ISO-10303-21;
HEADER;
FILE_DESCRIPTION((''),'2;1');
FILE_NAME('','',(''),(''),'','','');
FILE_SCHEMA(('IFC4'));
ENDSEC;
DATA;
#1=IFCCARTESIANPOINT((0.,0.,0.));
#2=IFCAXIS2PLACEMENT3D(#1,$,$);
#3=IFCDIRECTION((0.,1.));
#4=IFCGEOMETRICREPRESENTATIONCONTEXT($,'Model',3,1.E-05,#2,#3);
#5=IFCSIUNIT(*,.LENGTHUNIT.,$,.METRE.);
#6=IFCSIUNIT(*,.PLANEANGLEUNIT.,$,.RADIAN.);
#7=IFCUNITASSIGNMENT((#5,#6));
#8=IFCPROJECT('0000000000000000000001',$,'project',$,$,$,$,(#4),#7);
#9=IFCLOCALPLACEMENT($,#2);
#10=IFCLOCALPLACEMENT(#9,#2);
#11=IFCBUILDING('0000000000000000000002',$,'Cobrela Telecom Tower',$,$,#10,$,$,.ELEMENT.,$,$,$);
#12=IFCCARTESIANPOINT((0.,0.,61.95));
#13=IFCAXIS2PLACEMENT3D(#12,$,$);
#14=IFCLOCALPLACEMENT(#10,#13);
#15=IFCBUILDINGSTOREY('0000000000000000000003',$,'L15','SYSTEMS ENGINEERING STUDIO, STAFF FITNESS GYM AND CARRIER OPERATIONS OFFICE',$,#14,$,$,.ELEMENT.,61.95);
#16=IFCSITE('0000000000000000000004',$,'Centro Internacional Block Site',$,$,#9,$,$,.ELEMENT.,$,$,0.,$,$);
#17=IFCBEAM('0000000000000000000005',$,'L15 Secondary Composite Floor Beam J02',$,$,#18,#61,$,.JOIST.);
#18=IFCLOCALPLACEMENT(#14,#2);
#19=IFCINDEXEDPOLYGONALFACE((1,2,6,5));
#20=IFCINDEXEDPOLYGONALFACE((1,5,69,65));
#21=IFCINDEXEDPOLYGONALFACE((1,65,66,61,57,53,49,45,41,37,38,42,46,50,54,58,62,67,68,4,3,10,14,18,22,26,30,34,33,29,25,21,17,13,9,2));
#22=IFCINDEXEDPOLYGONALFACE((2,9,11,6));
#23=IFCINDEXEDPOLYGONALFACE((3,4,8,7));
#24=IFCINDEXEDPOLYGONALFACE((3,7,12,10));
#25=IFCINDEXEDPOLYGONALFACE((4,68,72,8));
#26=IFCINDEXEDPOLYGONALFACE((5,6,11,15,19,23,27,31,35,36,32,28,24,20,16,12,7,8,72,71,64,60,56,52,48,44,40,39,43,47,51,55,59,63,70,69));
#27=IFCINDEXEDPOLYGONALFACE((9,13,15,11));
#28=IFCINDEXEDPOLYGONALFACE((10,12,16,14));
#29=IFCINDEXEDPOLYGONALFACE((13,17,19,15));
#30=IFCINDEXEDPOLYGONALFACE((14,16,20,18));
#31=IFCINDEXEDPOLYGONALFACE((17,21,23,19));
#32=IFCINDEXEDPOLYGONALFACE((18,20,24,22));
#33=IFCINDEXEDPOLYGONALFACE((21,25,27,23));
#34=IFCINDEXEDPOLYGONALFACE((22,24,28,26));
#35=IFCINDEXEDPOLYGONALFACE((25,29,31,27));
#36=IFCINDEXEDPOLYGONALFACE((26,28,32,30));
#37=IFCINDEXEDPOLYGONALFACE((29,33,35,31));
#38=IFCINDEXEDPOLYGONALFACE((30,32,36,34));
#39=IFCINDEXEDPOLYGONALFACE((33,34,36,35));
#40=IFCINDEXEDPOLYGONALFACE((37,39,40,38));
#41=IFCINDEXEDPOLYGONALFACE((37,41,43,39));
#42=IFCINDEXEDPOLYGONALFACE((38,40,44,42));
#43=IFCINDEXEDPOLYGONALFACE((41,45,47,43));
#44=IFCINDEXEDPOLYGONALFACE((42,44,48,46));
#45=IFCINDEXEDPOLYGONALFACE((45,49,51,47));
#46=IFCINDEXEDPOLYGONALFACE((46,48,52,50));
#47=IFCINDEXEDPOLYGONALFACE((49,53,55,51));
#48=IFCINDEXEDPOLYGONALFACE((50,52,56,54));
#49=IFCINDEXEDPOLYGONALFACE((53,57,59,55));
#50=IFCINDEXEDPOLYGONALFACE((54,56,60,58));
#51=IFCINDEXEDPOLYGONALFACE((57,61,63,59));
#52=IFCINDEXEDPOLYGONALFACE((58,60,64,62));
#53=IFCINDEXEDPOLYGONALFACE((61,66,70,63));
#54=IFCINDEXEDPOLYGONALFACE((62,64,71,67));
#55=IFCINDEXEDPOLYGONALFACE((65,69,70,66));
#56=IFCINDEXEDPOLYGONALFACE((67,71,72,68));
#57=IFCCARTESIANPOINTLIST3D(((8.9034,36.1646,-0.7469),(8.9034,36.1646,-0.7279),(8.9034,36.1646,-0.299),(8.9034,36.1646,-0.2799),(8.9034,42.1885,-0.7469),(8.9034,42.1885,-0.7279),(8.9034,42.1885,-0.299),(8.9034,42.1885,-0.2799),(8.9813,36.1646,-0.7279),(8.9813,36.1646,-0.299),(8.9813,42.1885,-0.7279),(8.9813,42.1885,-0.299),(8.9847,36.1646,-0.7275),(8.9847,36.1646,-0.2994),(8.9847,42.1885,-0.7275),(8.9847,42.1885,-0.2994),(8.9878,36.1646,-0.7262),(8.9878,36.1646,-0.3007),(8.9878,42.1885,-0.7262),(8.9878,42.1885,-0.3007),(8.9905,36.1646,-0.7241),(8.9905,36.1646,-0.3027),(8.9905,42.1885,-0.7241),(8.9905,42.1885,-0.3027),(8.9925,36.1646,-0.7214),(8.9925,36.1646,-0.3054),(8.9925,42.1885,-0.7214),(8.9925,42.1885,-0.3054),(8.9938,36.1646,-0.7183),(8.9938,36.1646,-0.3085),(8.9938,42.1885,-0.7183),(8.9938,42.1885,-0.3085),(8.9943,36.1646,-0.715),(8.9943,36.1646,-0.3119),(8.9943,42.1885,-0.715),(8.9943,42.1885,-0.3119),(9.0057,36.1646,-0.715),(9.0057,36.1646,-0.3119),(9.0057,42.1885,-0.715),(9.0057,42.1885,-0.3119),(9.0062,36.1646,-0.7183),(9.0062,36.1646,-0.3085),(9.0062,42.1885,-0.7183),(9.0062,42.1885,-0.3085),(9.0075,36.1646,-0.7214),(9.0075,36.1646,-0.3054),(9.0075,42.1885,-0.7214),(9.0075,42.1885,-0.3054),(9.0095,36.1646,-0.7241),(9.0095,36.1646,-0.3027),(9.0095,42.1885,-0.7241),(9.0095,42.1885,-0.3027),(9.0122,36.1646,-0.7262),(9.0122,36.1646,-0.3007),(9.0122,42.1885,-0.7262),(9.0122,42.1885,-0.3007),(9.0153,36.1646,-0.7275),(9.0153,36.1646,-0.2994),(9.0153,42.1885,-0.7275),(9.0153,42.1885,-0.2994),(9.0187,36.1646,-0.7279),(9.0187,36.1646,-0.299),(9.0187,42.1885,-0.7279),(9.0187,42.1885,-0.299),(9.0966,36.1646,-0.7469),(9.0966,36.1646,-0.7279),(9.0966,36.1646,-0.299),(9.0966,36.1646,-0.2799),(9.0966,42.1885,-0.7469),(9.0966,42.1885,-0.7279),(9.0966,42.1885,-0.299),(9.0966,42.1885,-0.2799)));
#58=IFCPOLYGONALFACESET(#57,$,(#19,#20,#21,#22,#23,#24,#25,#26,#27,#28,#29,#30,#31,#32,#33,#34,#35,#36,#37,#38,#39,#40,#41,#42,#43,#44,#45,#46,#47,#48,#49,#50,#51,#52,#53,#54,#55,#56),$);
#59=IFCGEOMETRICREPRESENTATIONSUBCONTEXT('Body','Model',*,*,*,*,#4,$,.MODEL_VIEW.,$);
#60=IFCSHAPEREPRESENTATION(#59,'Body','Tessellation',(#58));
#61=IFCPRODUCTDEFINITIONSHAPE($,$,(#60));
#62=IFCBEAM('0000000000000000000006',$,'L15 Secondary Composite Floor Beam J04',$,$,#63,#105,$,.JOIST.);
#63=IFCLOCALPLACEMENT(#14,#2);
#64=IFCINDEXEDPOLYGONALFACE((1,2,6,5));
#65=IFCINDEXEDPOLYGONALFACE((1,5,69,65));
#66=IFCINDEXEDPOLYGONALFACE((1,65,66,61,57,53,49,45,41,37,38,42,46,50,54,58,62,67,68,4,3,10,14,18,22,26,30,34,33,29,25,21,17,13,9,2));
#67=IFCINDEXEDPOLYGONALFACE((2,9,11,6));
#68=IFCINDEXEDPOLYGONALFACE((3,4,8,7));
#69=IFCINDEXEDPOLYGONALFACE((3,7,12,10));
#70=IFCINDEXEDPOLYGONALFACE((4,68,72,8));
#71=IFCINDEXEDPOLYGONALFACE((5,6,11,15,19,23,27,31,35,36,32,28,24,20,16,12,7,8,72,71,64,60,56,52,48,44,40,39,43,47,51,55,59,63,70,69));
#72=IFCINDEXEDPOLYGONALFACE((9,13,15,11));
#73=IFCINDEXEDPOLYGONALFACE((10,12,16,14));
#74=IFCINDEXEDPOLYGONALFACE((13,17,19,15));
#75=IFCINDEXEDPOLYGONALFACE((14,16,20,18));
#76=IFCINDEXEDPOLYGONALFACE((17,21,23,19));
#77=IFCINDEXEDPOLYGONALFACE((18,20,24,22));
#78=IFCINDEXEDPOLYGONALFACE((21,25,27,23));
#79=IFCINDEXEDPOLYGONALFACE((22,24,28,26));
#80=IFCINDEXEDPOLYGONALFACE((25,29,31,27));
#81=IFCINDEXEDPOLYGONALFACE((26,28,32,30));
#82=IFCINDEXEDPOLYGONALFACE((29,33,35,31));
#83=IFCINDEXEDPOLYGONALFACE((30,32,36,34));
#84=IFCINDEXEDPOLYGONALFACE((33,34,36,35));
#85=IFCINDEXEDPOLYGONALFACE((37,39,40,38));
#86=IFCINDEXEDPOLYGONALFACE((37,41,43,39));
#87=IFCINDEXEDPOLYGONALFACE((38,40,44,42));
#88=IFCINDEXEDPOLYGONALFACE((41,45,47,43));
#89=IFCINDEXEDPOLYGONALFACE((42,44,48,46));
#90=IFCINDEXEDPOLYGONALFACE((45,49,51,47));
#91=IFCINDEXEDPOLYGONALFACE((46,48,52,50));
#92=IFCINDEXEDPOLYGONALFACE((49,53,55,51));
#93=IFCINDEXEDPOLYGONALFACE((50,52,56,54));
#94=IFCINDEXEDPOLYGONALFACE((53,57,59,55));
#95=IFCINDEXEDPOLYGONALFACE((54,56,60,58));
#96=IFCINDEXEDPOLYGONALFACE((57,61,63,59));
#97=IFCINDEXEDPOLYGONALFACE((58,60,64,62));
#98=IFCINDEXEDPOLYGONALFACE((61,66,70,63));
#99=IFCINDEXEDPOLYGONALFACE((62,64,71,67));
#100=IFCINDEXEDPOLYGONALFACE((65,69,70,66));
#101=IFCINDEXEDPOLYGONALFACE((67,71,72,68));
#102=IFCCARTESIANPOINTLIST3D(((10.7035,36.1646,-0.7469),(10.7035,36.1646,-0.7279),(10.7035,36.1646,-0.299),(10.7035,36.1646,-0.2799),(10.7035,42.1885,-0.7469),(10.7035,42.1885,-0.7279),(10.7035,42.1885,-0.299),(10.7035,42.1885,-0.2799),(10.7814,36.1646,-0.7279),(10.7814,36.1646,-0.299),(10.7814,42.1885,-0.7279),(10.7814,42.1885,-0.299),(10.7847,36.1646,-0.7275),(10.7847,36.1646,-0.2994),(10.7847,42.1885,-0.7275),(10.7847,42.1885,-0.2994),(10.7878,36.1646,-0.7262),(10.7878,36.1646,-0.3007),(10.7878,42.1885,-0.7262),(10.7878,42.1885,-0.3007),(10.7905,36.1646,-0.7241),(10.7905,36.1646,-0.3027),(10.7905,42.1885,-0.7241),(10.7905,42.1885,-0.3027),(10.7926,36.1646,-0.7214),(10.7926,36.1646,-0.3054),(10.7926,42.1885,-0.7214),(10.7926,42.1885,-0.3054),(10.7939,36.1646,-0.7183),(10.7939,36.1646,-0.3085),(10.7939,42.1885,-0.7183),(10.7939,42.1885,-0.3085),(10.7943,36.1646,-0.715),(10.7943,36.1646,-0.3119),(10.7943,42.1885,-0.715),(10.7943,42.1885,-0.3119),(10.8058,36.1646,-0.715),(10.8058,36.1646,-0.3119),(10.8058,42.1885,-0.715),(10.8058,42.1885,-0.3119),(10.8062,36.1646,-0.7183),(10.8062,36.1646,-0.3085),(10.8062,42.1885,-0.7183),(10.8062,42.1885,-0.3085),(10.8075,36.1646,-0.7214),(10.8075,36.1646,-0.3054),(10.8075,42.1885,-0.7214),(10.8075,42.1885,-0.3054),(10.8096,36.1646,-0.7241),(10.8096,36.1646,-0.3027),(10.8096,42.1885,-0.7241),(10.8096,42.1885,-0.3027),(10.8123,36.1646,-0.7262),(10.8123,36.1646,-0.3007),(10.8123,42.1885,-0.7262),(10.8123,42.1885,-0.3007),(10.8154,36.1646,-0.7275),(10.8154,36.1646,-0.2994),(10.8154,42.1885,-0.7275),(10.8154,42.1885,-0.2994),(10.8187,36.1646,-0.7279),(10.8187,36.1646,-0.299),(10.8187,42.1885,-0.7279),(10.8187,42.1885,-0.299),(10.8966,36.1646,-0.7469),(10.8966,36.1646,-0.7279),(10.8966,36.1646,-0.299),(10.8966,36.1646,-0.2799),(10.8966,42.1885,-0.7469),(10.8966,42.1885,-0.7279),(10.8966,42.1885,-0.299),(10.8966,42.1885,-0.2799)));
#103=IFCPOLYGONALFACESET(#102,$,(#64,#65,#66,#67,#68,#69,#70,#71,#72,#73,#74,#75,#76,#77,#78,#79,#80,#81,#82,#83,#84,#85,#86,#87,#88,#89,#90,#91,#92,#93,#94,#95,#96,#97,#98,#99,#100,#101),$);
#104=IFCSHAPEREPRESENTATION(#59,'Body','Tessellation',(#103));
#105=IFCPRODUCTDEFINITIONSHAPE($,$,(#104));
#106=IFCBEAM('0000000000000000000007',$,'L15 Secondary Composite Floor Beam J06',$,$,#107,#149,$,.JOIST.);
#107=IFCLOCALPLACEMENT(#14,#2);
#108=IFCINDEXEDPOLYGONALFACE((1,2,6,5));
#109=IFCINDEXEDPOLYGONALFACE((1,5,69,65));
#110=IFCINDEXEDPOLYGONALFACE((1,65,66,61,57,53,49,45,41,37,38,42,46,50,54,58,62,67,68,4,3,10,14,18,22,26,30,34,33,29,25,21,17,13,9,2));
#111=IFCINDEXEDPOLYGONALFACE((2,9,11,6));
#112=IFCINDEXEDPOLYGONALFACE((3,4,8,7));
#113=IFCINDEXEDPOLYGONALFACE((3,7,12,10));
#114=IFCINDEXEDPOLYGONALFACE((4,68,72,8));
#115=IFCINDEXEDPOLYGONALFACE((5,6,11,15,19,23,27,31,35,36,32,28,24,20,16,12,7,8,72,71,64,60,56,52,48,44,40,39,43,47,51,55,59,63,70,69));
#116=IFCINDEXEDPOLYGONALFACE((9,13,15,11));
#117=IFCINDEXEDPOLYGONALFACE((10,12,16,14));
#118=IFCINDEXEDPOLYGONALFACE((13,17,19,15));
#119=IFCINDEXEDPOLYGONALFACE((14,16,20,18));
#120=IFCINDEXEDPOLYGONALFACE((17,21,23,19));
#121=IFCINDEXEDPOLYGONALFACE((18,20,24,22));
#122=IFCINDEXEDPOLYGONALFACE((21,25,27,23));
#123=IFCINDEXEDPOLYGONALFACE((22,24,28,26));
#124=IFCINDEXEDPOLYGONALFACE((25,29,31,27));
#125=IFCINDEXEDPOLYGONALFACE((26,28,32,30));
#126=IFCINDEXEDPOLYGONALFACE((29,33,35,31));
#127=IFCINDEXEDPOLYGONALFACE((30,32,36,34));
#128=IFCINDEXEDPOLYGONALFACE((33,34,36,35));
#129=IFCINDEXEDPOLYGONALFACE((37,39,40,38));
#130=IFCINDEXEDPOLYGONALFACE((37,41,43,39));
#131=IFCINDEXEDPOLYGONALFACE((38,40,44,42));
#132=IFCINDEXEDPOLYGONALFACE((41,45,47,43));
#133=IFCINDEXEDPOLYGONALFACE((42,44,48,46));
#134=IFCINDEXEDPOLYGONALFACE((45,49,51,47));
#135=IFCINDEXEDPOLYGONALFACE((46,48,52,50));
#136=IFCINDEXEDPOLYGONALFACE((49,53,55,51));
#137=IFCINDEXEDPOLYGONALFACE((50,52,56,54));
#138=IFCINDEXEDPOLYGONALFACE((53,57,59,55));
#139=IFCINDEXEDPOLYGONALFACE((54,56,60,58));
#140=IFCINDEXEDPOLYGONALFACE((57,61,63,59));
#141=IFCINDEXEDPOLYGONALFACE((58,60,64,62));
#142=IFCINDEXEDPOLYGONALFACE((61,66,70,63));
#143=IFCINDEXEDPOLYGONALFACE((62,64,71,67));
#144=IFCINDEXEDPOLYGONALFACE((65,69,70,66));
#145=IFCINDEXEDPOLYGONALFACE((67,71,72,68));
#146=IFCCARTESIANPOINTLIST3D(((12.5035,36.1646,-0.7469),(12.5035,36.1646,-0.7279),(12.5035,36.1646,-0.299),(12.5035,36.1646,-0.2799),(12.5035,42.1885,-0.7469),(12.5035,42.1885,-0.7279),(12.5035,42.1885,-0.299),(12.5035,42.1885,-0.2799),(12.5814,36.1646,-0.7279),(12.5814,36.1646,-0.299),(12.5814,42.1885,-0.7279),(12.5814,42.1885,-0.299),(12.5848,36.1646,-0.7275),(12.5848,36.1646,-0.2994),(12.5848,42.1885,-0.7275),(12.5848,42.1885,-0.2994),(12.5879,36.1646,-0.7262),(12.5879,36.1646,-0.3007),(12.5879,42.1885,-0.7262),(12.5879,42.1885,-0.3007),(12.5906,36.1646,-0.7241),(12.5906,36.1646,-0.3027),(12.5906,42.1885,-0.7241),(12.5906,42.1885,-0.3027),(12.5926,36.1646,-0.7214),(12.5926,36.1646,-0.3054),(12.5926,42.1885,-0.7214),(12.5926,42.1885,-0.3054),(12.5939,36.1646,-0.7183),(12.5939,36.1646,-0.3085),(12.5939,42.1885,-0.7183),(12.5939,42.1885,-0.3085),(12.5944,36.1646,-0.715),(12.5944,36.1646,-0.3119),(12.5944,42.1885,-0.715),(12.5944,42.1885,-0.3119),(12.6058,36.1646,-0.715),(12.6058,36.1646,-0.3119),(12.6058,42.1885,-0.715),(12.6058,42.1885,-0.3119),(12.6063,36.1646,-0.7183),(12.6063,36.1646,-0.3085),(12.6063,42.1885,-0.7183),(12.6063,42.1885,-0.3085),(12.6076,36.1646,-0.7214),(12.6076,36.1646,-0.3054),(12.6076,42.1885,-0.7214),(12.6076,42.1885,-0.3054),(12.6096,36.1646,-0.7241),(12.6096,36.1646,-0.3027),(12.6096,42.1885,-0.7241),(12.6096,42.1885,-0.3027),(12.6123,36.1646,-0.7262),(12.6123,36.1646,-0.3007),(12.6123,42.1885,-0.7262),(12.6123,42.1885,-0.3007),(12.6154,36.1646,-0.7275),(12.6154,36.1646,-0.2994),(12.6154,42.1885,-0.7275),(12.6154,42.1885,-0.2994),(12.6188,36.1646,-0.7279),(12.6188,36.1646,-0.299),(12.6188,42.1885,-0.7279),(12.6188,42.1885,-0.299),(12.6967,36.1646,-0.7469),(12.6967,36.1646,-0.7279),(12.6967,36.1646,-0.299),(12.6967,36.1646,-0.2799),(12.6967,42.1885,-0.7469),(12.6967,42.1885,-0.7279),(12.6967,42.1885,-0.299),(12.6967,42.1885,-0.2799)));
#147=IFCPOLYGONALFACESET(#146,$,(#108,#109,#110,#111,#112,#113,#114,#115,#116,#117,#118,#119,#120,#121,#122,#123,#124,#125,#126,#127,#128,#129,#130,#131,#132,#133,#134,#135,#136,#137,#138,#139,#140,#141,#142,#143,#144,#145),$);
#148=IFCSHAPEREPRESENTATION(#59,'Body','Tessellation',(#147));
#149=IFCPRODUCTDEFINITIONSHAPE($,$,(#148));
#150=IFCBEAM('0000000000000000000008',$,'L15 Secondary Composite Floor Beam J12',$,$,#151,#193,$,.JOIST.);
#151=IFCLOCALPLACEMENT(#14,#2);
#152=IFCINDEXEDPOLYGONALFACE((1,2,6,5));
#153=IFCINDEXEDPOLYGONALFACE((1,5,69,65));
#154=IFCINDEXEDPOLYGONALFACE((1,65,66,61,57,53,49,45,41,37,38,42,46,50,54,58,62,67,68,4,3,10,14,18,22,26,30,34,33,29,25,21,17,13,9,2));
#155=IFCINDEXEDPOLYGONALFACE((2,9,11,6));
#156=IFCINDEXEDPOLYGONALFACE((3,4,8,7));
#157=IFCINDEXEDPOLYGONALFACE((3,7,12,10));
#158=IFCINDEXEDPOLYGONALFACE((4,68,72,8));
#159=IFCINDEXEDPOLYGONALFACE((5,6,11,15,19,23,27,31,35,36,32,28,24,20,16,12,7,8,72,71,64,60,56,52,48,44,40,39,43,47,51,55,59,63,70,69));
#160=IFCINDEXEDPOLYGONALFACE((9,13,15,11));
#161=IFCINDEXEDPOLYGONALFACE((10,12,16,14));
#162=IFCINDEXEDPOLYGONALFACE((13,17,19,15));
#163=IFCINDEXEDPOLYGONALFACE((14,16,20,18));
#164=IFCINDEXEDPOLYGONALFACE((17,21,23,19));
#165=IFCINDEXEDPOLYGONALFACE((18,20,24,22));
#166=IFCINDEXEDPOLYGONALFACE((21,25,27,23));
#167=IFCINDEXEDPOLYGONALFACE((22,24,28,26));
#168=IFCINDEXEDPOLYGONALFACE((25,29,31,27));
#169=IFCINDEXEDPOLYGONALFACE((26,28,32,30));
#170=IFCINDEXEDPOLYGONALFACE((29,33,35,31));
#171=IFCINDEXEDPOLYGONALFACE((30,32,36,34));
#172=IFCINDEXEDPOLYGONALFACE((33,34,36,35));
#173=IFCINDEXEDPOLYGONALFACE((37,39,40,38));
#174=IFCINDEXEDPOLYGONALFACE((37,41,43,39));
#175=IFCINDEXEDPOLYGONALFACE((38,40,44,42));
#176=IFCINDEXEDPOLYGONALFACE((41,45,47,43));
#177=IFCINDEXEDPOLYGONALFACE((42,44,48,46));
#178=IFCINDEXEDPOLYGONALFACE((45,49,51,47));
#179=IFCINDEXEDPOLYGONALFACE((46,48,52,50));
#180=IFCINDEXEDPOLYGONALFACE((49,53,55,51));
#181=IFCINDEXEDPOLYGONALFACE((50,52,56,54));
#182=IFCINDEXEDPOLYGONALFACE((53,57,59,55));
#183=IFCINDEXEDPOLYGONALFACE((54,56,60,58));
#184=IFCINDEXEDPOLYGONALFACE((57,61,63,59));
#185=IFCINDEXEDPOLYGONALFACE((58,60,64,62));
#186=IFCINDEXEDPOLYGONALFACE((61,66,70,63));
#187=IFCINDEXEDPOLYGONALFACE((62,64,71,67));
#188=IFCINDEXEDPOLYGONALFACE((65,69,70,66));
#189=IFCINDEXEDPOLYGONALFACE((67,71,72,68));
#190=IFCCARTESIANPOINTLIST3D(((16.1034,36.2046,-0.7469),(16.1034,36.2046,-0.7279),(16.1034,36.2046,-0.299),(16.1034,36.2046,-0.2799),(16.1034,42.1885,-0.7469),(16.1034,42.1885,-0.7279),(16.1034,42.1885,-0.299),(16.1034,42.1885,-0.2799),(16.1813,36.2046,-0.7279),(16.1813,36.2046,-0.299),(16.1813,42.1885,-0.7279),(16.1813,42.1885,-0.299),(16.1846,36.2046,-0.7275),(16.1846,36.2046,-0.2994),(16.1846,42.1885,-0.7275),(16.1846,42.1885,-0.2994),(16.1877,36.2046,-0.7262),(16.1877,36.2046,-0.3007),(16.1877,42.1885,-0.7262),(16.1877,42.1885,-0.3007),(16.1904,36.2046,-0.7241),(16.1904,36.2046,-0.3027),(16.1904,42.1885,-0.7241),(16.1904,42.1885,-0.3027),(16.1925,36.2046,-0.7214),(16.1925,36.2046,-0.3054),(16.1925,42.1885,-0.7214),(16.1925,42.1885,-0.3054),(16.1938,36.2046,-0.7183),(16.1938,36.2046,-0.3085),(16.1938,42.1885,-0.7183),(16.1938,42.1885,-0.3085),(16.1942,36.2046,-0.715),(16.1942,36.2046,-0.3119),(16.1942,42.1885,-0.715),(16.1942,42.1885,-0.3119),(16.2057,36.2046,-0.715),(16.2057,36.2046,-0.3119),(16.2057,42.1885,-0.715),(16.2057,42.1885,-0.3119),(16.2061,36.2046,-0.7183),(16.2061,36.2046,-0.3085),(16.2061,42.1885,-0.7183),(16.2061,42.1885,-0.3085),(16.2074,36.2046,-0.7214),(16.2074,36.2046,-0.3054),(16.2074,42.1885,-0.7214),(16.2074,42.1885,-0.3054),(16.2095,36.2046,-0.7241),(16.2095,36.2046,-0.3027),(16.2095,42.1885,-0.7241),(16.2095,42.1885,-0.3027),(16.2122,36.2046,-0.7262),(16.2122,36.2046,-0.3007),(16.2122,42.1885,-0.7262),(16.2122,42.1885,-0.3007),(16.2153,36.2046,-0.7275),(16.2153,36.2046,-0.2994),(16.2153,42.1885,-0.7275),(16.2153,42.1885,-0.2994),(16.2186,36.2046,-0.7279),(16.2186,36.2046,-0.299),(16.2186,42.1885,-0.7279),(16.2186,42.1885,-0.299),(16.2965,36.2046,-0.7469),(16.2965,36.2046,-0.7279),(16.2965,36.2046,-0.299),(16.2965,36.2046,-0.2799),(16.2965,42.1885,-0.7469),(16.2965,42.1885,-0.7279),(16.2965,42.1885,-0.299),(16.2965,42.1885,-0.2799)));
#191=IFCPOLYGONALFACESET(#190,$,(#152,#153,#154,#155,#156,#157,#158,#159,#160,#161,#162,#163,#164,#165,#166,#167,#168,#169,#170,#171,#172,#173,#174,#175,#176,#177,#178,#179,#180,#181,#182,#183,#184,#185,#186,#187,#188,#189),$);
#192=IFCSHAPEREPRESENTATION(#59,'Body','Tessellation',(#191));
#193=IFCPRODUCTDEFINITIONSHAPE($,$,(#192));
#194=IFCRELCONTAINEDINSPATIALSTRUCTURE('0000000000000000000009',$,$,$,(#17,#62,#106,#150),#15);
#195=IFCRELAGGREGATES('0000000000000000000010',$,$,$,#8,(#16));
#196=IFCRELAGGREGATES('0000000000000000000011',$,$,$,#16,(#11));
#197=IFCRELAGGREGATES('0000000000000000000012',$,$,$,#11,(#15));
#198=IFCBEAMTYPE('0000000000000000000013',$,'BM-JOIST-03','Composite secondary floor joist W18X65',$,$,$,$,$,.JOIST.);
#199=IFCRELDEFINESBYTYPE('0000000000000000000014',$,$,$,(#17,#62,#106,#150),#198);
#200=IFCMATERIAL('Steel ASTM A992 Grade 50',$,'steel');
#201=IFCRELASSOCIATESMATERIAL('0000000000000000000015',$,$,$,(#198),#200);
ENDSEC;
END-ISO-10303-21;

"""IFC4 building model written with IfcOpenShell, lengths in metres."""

from ifc_helpers import new_model, si_unit, direction, frame, origin, origin_2d, place, context, subcontext, project, spatial, i_section, extrude, material, material_profile, profile_set, type_object, element, save


model = new_model("IFC4")

# Units and contexts
model_context = context("Model", 3, precision=1e-05, world=origin(), true_north=direction((0.0, 1.0)))
body_context = subcontext(model_context, "Body", "Model", "MODEL_VIEW")
ifc_project = project(units=[si_unit("LENGTHUNIT", "METRE"), si_unit("PLANEANGLEUNIT", "RADIAN")], contexts=[model_context])

# Site, building, storey
site_placement = place(None, origin())
site = spatial("IfcSite", under=ifc_project, at=site_placement, Name="Centro Internacional Block Site", CompositionType="ELEMENT", RefElevation=0.0)
building_placement = place(site_placement, origin())
building = spatial("IfcBuilding", under=site, at=building_placement, Name="Cobrela Telecom Tower", CompositionType="ELEMENT")
storey_placement = place(building_placement, frame((0.0, 0.0, 61.95)))
storey = spatial("IfcBuildingStorey", under=building, at=storey_placement, Name="L15", Description="SYSTEMS ENGINEERING STUDIO, STAFF FITNESS GYM AND CARRIER OPERATIONS OFFICE", CompositionType="ELEMENT", Elevation=61.95)

# Beams
ifc_material_1 = material(Name="Steel ASTM A992 Grade 50", Category="steel")
ifc_material_profile_1 = material_profile(ifc_material_1, i_section(OverallWidth=0.1931, OverallDepth=0.467, WebThickness=0.0115, FlangeThickness=0.019, FilletRadius=0.0129, at=origin_2d()), Name="W18X65")
ifc_profile_set_1 = profile_set([ifc_material_profile_1], Name="Steel ASTM A992 Grade 50")
beam_type_1 = type_object("IfcBeamType", Name="BM-JOIST-03", Description="Composite secondary floor joist W18X65", PredefinedType="JOIST", material=ifc_profile_set_1)
for number, where, z_axis, x_axis, name in (
    (1, (9.0, 36.1646, -0.5134), (0.0, 1.0, 0.0), (-1.0, 0.0, 0.0), "L15 Secondary Composite Floor Beam J02"),
    (2, (10.8, 36.1646, -0.5134), (0.0, 1.0, 0.0), (-1.0, 0.0, 0.0), "L15 Secondary Composite Floor Beam J04"),
    (3, (12.6001, 36.1646, -0.5134), (0.0, 1.0, 0.0), (-1.0, 0.0, 0.0), "L15 Secondary Composite Floor Beam J06"),
):
    element("IfcBeam", number, at=place(storey_placement, frame(where, z_axis=z_axis, x_axis=x_axis)), inside=storey, type_object=beam_type_1, Name=name, PredefinedType="JOIST", context=body_context, shape_type="SweptSolid", body=[
        extrude(i_section(OverallWidth=0.1931, OverallDepth=0.467, WebThickness=0.0115, FlangeThickness=0.019, FilletRadius=0.0129, at=origin_2d()), origin(), (0.0, 0.0, 1.0), 6.0239),
    ])
for number, where, z_axis, x_axis, name in (
    (4, (16.2, 36.2046, -0.5134), (0.0, 1.0, 0.0), (-1.0, 0.0, 0.0), "L15 Secondary Composite Floor Beam J12"),
):
    element("IfcBeam", number, at=place(storey_placement, frame(where, z_axis=z_axis, x_axis=x_axis)), inside=storey, type_object=beam_type_1, Name=name, PredefinedType="JOIST", context=body_context, shape_type="SweptSolid", body=[
        extrude(i_section(OverallWidth=0.1931, OverallDepth=0.467, WebThickness=0.0115, FlangeThickness=0.019, FilletRadius=0.0129, at=origin_2d()), origin(), (0.0, 0.0, 1.0), 5.9839),
    ])

save(model, "model.ifc")
